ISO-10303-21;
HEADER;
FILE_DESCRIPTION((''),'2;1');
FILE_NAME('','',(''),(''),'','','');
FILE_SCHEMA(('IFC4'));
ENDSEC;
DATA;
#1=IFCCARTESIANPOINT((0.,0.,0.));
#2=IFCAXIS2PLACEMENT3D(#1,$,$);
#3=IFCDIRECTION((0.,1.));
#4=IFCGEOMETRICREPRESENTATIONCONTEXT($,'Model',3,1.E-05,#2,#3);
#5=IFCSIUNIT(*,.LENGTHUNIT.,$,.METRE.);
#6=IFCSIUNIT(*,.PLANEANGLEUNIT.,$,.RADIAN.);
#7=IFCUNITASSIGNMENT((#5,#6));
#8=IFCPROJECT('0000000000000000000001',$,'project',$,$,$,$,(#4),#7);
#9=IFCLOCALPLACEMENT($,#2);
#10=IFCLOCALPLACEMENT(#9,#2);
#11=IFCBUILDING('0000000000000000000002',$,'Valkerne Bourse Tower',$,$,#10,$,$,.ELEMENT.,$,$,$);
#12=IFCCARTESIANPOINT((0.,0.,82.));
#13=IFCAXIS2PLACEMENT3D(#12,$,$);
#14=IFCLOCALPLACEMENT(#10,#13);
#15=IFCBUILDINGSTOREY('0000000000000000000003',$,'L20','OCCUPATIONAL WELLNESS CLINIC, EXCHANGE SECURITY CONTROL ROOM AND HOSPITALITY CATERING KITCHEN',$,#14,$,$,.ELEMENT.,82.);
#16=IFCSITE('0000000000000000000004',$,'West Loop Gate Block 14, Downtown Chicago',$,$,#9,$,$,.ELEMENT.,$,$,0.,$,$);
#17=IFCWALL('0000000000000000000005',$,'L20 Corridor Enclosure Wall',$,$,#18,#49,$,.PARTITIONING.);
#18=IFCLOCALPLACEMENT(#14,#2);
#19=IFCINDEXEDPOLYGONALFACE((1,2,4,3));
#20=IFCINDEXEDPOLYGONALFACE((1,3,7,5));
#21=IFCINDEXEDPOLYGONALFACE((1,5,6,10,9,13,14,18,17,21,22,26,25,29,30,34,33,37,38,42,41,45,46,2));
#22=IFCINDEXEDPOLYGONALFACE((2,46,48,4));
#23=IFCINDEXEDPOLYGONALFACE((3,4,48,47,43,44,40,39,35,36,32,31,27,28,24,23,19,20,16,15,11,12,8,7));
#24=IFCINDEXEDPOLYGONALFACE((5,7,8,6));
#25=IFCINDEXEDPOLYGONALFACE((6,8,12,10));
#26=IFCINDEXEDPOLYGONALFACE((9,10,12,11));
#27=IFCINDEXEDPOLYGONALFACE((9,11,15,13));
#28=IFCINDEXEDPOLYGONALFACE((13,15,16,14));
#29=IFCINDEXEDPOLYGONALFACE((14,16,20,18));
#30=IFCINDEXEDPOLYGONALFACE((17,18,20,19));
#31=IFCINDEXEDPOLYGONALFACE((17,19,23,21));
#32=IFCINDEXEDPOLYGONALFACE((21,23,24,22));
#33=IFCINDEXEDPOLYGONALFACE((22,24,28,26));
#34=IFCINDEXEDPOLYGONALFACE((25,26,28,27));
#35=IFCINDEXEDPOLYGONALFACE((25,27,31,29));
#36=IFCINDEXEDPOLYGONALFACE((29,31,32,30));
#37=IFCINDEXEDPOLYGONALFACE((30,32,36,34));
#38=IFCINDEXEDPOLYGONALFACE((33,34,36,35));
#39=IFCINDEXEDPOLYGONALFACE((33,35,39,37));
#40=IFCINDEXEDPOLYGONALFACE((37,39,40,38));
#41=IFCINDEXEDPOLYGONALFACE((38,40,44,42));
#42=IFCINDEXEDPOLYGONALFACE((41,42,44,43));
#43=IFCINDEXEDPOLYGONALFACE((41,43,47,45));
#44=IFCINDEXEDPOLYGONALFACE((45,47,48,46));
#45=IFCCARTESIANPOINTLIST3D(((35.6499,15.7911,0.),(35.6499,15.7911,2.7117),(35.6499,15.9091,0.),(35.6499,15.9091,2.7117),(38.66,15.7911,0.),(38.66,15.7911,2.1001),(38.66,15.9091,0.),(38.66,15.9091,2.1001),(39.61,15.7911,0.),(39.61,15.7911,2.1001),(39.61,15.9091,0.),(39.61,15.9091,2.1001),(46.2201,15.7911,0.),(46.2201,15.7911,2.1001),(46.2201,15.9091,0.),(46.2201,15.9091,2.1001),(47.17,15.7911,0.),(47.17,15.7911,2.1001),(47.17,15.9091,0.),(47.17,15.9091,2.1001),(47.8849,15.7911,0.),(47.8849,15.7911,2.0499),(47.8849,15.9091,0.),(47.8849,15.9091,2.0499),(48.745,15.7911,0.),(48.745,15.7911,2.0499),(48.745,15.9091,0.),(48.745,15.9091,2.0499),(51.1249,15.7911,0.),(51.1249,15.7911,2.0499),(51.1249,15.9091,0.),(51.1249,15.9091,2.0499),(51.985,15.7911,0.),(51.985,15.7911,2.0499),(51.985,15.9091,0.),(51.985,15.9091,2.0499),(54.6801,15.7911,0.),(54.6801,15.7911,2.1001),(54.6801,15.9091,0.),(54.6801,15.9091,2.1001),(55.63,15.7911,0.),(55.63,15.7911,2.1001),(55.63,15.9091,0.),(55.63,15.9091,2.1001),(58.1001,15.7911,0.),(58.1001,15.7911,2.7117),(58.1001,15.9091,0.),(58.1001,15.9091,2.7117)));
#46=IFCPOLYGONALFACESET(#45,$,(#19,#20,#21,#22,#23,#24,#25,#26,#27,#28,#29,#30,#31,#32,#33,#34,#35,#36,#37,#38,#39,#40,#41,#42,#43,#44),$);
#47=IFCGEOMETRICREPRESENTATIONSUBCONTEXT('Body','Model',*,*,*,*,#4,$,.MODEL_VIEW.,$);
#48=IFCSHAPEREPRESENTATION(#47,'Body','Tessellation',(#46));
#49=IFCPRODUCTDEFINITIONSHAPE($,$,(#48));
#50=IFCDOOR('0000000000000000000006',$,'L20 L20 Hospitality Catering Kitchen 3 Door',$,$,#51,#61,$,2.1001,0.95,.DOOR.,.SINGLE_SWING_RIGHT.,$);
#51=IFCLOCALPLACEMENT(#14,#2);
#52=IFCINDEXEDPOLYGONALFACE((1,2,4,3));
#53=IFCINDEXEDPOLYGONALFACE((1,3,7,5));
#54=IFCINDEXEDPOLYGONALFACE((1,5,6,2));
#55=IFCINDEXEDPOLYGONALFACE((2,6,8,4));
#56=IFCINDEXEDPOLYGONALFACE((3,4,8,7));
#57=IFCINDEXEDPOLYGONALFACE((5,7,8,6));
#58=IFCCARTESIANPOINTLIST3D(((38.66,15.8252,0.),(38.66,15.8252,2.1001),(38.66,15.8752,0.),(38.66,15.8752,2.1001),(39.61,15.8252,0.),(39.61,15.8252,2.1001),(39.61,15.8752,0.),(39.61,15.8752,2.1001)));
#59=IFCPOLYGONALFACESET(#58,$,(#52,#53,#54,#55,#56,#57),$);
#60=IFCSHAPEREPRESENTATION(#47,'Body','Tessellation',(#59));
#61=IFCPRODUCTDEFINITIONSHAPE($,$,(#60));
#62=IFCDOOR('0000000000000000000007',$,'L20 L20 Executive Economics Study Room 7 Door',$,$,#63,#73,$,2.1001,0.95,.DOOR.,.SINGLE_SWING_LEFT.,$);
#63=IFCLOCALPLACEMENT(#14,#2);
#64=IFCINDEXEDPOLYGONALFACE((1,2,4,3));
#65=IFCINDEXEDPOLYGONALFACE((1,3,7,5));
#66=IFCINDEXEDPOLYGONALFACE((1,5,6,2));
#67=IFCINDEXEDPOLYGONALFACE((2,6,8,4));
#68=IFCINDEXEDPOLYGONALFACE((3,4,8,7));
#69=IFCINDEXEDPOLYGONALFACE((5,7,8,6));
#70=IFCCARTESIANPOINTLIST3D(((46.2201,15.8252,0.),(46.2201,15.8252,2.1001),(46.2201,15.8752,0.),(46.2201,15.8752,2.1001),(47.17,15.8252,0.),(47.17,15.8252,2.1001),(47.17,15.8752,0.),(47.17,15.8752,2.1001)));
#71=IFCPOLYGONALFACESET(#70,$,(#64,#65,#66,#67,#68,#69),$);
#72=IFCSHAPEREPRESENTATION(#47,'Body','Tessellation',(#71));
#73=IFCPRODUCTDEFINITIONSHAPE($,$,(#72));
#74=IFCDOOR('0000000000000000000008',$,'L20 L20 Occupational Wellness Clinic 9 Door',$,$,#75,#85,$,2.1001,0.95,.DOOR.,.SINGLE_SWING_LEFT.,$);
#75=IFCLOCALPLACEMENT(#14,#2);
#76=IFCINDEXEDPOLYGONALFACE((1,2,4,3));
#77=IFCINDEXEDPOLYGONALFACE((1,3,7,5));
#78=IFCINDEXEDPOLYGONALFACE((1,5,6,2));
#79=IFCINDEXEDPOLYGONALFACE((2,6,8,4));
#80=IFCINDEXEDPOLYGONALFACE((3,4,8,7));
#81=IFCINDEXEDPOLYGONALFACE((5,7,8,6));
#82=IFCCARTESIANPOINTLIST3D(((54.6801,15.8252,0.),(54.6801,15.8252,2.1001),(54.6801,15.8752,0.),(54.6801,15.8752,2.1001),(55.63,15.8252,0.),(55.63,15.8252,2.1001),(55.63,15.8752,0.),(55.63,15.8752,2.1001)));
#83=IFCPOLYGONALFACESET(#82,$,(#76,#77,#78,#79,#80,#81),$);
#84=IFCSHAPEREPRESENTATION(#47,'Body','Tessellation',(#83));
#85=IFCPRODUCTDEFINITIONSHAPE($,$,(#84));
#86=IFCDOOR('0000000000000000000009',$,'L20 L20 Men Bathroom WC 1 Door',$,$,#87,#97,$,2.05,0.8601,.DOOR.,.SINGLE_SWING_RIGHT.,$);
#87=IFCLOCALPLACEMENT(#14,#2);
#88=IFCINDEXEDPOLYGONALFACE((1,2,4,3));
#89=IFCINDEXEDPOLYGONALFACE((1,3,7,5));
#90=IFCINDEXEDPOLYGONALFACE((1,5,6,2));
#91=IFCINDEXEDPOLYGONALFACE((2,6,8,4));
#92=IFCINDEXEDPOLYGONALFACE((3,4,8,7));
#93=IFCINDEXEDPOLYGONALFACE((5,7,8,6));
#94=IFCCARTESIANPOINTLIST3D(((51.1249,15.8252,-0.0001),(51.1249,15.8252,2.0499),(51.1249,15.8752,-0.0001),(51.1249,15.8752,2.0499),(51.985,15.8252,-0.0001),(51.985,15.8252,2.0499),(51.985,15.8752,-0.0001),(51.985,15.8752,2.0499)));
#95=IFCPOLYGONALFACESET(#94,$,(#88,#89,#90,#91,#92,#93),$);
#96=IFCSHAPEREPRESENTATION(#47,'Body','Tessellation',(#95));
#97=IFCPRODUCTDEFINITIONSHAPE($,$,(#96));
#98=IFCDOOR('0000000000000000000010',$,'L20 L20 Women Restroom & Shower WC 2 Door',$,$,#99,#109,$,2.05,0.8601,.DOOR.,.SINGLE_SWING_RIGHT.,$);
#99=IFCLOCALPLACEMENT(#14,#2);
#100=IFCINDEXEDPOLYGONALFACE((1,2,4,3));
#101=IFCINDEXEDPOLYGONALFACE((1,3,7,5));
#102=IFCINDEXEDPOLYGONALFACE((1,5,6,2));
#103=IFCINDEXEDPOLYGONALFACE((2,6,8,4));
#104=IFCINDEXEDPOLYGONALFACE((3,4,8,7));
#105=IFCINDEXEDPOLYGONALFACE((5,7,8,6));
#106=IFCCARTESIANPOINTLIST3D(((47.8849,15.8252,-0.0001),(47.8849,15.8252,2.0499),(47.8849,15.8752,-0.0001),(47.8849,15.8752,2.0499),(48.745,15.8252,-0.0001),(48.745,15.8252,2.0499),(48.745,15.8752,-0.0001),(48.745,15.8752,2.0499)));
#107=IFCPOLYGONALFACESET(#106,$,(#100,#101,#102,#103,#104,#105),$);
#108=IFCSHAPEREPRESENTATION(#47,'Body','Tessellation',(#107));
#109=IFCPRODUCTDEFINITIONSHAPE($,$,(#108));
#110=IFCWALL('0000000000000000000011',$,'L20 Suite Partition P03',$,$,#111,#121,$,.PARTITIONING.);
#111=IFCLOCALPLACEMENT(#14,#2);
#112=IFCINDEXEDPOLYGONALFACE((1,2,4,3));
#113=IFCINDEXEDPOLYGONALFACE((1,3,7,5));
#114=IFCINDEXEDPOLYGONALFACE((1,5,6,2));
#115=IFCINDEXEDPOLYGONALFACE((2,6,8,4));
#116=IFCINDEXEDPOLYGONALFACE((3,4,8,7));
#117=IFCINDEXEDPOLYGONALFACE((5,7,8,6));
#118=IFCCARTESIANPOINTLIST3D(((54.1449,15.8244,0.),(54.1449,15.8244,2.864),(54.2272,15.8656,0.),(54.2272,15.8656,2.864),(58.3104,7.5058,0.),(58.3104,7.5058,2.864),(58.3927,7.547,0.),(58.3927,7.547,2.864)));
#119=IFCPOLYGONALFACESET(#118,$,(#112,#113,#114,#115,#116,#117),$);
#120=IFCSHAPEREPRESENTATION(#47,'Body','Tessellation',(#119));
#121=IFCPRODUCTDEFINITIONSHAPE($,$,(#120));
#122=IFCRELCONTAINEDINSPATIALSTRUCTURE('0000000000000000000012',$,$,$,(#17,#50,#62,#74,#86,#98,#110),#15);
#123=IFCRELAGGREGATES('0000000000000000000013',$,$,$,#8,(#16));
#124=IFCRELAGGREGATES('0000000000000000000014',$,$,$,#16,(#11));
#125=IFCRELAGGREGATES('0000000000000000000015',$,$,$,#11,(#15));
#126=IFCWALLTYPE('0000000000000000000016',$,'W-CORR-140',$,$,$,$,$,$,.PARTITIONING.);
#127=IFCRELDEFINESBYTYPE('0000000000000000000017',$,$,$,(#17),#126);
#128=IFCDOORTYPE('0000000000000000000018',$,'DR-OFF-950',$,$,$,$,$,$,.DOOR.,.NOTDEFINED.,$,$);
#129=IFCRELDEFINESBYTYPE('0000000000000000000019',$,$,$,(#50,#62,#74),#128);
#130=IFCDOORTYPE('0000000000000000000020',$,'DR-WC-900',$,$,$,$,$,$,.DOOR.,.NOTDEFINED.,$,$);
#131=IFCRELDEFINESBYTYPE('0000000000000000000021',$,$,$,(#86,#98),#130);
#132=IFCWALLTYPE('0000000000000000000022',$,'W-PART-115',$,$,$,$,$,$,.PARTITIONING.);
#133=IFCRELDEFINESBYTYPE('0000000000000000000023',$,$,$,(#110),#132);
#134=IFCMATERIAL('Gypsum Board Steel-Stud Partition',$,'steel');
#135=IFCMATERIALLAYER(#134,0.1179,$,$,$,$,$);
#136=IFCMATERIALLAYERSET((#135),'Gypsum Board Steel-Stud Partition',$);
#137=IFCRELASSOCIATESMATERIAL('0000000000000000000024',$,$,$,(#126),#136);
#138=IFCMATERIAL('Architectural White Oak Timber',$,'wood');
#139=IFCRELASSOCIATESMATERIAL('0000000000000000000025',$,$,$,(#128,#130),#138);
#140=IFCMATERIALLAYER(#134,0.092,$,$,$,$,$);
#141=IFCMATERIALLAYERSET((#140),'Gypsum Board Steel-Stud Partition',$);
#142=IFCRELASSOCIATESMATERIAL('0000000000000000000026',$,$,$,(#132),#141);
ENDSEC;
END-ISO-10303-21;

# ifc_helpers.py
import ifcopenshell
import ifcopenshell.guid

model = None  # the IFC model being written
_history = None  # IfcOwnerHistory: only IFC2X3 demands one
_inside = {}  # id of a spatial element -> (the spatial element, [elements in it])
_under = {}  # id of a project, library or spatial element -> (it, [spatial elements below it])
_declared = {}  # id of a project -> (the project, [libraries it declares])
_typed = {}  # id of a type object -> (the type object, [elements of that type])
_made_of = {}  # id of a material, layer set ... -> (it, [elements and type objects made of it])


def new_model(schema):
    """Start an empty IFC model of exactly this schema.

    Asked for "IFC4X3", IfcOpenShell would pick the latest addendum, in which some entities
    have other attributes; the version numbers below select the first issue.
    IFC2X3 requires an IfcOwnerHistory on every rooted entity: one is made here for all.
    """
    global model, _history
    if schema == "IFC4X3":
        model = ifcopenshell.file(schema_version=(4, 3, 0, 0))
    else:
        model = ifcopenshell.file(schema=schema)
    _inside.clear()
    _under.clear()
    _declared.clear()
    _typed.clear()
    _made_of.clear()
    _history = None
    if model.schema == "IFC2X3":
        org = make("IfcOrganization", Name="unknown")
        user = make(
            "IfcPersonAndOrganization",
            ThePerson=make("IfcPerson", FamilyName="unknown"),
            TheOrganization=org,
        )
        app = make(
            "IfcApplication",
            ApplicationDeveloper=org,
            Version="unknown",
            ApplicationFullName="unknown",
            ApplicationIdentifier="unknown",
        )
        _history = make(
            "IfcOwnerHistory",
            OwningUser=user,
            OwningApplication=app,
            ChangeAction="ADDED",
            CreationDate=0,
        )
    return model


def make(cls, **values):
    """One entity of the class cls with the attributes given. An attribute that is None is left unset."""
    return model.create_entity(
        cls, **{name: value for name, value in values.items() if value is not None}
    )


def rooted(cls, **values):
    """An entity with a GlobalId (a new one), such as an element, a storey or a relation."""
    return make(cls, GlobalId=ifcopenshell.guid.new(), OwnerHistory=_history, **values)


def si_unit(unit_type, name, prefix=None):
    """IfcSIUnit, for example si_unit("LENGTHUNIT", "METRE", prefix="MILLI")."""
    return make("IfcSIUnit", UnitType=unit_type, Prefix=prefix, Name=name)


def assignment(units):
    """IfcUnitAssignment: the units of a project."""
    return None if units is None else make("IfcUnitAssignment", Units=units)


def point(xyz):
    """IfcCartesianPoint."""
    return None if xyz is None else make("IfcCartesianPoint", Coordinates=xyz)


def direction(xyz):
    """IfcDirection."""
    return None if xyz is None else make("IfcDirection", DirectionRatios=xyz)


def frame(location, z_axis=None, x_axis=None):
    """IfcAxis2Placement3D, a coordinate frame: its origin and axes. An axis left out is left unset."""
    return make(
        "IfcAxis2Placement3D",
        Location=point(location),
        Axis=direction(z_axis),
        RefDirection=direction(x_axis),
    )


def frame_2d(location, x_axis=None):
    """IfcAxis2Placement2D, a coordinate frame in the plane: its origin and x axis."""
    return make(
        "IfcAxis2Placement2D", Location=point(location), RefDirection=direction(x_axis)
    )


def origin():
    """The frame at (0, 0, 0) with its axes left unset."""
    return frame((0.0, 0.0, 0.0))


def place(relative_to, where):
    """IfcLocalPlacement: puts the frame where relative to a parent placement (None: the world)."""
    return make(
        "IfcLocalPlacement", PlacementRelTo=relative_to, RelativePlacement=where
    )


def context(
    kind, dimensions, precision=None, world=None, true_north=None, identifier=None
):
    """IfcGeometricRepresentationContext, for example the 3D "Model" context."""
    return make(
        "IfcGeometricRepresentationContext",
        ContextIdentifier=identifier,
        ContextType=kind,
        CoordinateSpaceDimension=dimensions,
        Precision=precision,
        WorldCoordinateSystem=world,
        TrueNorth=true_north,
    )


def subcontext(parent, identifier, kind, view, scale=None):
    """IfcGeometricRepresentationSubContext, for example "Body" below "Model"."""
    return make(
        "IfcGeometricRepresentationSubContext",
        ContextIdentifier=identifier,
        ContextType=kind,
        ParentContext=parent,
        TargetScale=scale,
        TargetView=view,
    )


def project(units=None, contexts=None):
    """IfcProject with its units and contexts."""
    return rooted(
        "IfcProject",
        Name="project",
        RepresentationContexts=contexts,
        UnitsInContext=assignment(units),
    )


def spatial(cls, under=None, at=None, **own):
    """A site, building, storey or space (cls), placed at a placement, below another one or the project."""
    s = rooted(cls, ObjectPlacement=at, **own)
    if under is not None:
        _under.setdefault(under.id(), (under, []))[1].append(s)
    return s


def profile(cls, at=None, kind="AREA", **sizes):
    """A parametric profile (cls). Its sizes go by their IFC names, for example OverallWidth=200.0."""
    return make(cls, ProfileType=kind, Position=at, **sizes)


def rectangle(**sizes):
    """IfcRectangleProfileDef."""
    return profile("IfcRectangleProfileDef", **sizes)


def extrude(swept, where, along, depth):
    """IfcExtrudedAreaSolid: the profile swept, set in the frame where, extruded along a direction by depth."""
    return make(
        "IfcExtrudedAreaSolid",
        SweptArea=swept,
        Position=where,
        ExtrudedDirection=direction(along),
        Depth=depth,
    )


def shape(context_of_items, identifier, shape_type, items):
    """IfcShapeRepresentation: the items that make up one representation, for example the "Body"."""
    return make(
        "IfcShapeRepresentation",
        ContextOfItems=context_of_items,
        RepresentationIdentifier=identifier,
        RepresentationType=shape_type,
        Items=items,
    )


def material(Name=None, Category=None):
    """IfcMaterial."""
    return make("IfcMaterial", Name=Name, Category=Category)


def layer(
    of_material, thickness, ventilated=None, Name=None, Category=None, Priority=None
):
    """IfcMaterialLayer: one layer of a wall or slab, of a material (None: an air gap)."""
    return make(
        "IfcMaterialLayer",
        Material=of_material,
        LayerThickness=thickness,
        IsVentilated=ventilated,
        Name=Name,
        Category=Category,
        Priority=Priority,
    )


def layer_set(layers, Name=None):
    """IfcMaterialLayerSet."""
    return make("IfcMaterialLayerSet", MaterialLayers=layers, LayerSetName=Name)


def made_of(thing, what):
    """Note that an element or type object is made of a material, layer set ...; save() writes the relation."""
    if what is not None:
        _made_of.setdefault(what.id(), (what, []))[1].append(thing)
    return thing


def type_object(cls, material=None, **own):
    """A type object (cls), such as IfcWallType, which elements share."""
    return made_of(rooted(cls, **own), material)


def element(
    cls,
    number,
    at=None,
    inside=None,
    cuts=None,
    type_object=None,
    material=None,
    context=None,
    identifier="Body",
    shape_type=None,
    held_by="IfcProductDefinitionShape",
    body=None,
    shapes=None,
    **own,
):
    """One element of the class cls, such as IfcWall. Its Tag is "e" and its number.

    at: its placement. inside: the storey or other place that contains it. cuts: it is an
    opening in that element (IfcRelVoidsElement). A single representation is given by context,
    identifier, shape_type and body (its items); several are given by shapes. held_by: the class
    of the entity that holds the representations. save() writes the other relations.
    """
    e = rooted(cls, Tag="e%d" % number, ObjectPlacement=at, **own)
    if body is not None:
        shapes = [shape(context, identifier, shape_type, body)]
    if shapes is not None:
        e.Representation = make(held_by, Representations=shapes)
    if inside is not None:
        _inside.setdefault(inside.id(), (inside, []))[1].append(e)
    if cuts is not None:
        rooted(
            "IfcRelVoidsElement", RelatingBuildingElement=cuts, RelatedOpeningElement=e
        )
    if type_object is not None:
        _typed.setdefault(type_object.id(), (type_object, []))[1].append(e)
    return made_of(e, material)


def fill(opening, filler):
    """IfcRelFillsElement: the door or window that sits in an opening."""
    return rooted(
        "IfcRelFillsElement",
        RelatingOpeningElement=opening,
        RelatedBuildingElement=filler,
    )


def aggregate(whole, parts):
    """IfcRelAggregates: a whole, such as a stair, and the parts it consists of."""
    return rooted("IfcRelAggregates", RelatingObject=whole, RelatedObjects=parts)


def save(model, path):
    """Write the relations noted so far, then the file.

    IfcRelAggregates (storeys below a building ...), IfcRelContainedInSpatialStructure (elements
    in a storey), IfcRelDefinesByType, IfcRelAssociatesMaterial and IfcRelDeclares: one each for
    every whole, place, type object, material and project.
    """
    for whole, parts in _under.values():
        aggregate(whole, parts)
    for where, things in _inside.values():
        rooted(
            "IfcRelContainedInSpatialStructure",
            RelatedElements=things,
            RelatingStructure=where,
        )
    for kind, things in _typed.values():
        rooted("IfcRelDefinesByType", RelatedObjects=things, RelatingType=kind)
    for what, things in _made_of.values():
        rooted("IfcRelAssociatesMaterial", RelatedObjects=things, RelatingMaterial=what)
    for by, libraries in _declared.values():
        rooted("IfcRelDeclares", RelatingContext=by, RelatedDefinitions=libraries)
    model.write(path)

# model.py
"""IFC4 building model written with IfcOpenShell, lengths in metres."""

from ifc_helpers import new_model, si_unit, direction, frame, frame_2d, origin, place, context, subcontext, project, spatial, rectangle, extrude, material, layer, layer_set, type_object, element, fill, save


model = new_model("IFC4")

# Units and contexts
model_context = context("Model", 3, precision=1e-05, world=origin(), true_north=direction((0.0, 1.0)))
body_context = subcontext(model_context, "Body", "Model", "MODEL_VIEW")
ifc_project = project(units=[si_unit("LENGTHUNIT", "METRE"), si_unit("PLANEANGLEUNIT", "RADIAN")], contexts=[model_context])

# Site, building, storey
site_placement = place(None, origin())
site = spatial("IfcSite", under=ifc_project, at=site_placement, Name="West Loop Gate Block 14, Downtown Chicago", CompositionType="ELEMENT", RefElevation=0.0)
building_placement = place(site_placement, origin())
building = spatial("IfcBuilding", under=site, at=building_placement, Name="Valkerne Bourse Tower", CompositionType="ELEMENT")
storey_placement = place(building_placement, frame((0.0, 0.0, 82.0)))
storey = spatial("IfcBuildingStorey", under=building, at=storey_placement, Name="L20", Description="OCCUPATIONAL WELLNESS CLINIC, EXCHANGE SECURITY CONTROL ROOM AND HOSPITALITY CATERING KITCHEN", CompositionType="ELEMENT", Elevation=82.0)

# Wall, openings, doors
ifc_material_1 = material(Name="Gypsum Board Steel-Stud Partition", Category="steel")
ifc_layer_1 = layer(ifc_material_1, 0.1179)
ifc_layer_set_1 = layer_set([ifc_layer_1], Name="Gypsum Board Steel-Stud Partition")
wall_type_1 = type_object("IfcWallType", Name="W-CORR-140", PredefinedType="PARTITIONING", material=ifc_layer_set_1)
wall_1_placement = place(storey_placement, frame((58.1001, 15.8501, 0.0), z_axis=(0.0, 0.0, 1.0), x_axis=(-1.0, 0.0, 0.0)))
wall_1 = element("IfcWall", 1, at=wall_1_placement, inside=storey, type_object=wall_type_1, Name="L20 Corridor Enclosure Wall", PredefinedType="PARTITIONING", context=body_context, shape_type="SweptSolid", body=[
    extrude(rectangle(XDim=22.4502, YDim=0.1179, at=frame_2d((11.2251, 0.0))), origin(), (0.0, 0.0, 1.0), 2.7117),
])
opening_1_placement = place(wall_1_placement, frame((6.115, 0.0, 0.0)))
opening_1 = element("IfcOpeningElement", 2, at=opening_1_placement, cuts=wall_1, PredefinedType="OPENING", context=body_context, shape_type="SweptSolid", body=[
    extrude(rectangle(XDim=0.8601, YDim=2.05, at=frame_2d((0.4302, 1.0249))), frame((0.0, 0.0688, 0.0), z_axis=(0.0, -1.0, 0.0), x_axis=(1.0, 0.0, 0.0)), (0.0, 0.0, 1.0), 0.1379),
])
opening_2_placement = place(wall_1_placement, frame((9.355, 0.0, 0.0)))
opening_2 = element("IfcOpeningElement", 3, at=opening_2_placement, cuts=wall_1, PredefinedType="OPENING", context=body_context, shape_type="SweptSolid", body=[
    extrude(rectangle(XDim=0.8601, YDim=2.05, at=frame_2d((0.4302, 1.0249))), frame((0.0, 0.0688, 0.0), z_axis=(0.0, -1.0, 0.0), x_axis=(1.0, 0.0, 0.0)), (0.0, 0.0, 1.0), 0.1379),
])
opening_3_placement = place(wall_1_placement, frame((18.49, 0.0, 0.0)))
opening_3 = element("IfcOpeningElement", 4, at=opening_3_placement, cuts=wall_1, PredefinedType="OPENING", context=body_context, shape_type="SweptSolid", body=[
    extrude(rectangle(XDim=0.95, YDim=2.1001, at=frame_2d((0.4751, 1.05))), frame((0.0, 0.0688, 0.0), z_axis=(0.0, -1.0, 0.0), x_axis=(1.0, 0.0, 0.0)), (0.0, 0.0, 1.0), 0.1379),
])
opening_4_placement = place(wall_1_placement, frame((10.9299, 0.0, 0.0)))
opening_4 = element("IfcOpeningElement", 5, at=opening_4_placement, cuts=wall_1, PredefinedType="OPENING", context=body_context, shape_type="SweptSolid", body=[
    extrude(rectangle(XDim=0.95, YDim=2.1001, at=frame_2d((0.4751, 1.05))), frame((0.0, 0.0688, 0.0), z_axis=(0.0, -1.0, 0.0), x_axis=(1.0, 0.0, 0.0)), (0.0, 0.0, 1.0), 0.1379),
])
opening_5_placement = place(wall_1_placement, frame((2.47, 0.0, 0.0)))
opening_5 = element("IfcOpeningElement", 6, at=opening_5_placement, cuts=wall_1, PredefinedType="OPENING", context=body_context, shape_type="SweptSolid", body=[
    extrude(rectangle(XDim=0.95, YDim=2.1001, at=frame_2d((0.4751, 1.05))), frame((0.0, 0.0688, 0.0), z_axis=(0.0, -1.0, 0.0), x_axis=(1.0, 0.0, 0.0)), (0.0, 0.0, 1.0), 0.1379),
])
ifc_material_2 = material(Name="Architectural White Oak Timber", Category="wood")
door_type_1 = type_object("IfcDoorType", Name="DR-OFF-950", OperationType="NOTDEFINED", PredefinedType="DOOR", material=ifc_material_2)
door_1_placement = place(opening_3_placement, origin())
door_1 = element("IfcDoor", 7, at=door_1_placement, inside=storey, type_object=door_type_1, Name="L20 L20 Hospitality Catering Kitchen 3 Door", OperationType="SINGLE_SWING_RIGHT", OverallHeight=2.1001, OverallWidth=0.95, PredefinedType="DOOR", context=body_context, shape_type="SweptSolid", body=[
    extrude(rectangle(XDim=0.95, YDim=2.1001, at=frame_2d((0.4751, 1.05))), frame((0.0, 0.0249, 0.0), z_axis=(0.0, -1.0, 0.0), x_axis=(1.0, 0.0, 0.0)), (0.0, 0.0, 1.0), 0.05),
])
fill(opening_3, door_1)
door_2_placement = place(opening_4_placement, origin())
door_2 = element("IfcDoor", 8, at=door_2_placement, inside=storey, type_object=door_type_1, Name="L20 L20 Executive Economics Study Room 7 Door", OperationType="SINGLE_SWING_LEFT", OverallHeight=2.1001, OverallWidth=0.95, PredefinedType="DOOR", context=body_context, shape_type="SweptSolid", body=[
    extrude(rectangle(XDim=0.95, YDim=2.1001, at=frame_2d((0.4751, 1.05))), frame((0.0, 0.0249, 0.0), z_axis=(0.0, -1.0, 0.0), x_axis=(1.0, 0.0, 0.0)), (0.0, 0.0, 1.0), 0.05),
])
fill(opening_4, door_2)
door_3_placement = place(opening_5_placement, origin())
door_3 = element("IfcDoor", 9, at=door_3_placement, inside=storey, type_object=door_type_1, Name="L20 L20 Occupational Wellness Clinic 9 Door", OperationType="SINGLE_SWING_LEFT", OverallHeight=2.1001, OverallWidth=0.95, PredefinedType="DOOR", context=body_context, shape_type="SweptSolid", body=[
    extrude(rectangle(XDim=0.95, YDim=2.1001, at=frame_2d((0.4751, 1.05))), frame((0.0, 0.0249, 0.0), z_axis=(0.0, -1.0, 0.0), x_axis=(1.0, 0.0, 0.0)), (0.0, 0.0, 1.0), 0.05),
])
fill(opening_5, door_3)
door_type_2 = type_object("IfcDoorType", Name="DR-WC-900", OperationType="NOTDEFINED", PredefinedType="DOOR", material=ifc_material_2)
door_4_placement = place(opening_1_placement, origin())
door_4 = element("IfcDoor", 10, at=door_4_placement, inside=storey, type_object=door_type_2, Name="L20 L20 Men Bathroom WC 1 Door", OperationType="SINGLE_SWING_RIGHT", OverallHeight=2.05, OverallWidth=0.8601, PredefinedType="DOOR", context=body_context, shape_type="SweptSolid", body=[
    extrude(rectangle(XDim=0.8601, YDim=2.05, at=frame_2d((0.4302, 1.0249))), frame((0.0, 0.0249, 0.0), z_axis=(0.0, -1.0, 0.0), x_axis=(1.0, 0.0, 0.0)), (0.0, 0.0, 1.0), 0.05),
])
fill(opening_1, door_4)
door_5_placement = place(opening_2_placement, origin())
door_5 = element("IfcDoor", 11, at=door_5_placement, inside=storey, type_object=door_type_2, Name="L20 L20 Women Restroom & Shower WC 2 Door", OperationType="SINGLE_SWING_RIGHT", OverallHeight=2.05, OverallWidth=0.8601, PredefinedType="DOOR", context=body_context, shape_type="SweptSolid", body=[
    extrude(rectangle(XDim=0.8601, YDim=2.05, at=frame_2d((0.4302, 1.0249))), frame((0.0, 0.0249, 0.0), z_axis=(0.0, -1.0, 0.0), x_axis=(1.0, 0.0, 0.0)), (0.0, 0.0, 1.0), 0.05),
])
fill(opening_2, door_5)

# Wall
ifc_layer_2 = layer(ifc_material_1, 0.092)
ifc_layer_set_2 = layer_set([ifc_layer_2], Name="Gypsum Board Steel-Stud Partition")
wall_type_2 = type_object("IfcWallType", Name="W-PART-115", PredefinedType="PARTITIONING", material=ifc_layer_set_2)
wall_2_placement = place(storey_placement, frame((54.186, 15.845, 0.0), z_axis=(0.0, 0.0, 1.0), x_axis=(0.447749, -0.894159, 0.0)))
element("IfcWall", 12, at=wall_2_placement, inside=storey, type_object=wall_type_2, Name="L20 Suite Partition P03", PredefinedType="PARTITIONING", context=body_context, shape_type="SweptSolid", body=[
    extrude(rectangle(XDim=9.3032, YDim=0.092, at=frame_2d((4.6516, 0.0))), origin(), (0.0, 0.0, 1.0), 2.864),
])

save(model, "model.ifc")
